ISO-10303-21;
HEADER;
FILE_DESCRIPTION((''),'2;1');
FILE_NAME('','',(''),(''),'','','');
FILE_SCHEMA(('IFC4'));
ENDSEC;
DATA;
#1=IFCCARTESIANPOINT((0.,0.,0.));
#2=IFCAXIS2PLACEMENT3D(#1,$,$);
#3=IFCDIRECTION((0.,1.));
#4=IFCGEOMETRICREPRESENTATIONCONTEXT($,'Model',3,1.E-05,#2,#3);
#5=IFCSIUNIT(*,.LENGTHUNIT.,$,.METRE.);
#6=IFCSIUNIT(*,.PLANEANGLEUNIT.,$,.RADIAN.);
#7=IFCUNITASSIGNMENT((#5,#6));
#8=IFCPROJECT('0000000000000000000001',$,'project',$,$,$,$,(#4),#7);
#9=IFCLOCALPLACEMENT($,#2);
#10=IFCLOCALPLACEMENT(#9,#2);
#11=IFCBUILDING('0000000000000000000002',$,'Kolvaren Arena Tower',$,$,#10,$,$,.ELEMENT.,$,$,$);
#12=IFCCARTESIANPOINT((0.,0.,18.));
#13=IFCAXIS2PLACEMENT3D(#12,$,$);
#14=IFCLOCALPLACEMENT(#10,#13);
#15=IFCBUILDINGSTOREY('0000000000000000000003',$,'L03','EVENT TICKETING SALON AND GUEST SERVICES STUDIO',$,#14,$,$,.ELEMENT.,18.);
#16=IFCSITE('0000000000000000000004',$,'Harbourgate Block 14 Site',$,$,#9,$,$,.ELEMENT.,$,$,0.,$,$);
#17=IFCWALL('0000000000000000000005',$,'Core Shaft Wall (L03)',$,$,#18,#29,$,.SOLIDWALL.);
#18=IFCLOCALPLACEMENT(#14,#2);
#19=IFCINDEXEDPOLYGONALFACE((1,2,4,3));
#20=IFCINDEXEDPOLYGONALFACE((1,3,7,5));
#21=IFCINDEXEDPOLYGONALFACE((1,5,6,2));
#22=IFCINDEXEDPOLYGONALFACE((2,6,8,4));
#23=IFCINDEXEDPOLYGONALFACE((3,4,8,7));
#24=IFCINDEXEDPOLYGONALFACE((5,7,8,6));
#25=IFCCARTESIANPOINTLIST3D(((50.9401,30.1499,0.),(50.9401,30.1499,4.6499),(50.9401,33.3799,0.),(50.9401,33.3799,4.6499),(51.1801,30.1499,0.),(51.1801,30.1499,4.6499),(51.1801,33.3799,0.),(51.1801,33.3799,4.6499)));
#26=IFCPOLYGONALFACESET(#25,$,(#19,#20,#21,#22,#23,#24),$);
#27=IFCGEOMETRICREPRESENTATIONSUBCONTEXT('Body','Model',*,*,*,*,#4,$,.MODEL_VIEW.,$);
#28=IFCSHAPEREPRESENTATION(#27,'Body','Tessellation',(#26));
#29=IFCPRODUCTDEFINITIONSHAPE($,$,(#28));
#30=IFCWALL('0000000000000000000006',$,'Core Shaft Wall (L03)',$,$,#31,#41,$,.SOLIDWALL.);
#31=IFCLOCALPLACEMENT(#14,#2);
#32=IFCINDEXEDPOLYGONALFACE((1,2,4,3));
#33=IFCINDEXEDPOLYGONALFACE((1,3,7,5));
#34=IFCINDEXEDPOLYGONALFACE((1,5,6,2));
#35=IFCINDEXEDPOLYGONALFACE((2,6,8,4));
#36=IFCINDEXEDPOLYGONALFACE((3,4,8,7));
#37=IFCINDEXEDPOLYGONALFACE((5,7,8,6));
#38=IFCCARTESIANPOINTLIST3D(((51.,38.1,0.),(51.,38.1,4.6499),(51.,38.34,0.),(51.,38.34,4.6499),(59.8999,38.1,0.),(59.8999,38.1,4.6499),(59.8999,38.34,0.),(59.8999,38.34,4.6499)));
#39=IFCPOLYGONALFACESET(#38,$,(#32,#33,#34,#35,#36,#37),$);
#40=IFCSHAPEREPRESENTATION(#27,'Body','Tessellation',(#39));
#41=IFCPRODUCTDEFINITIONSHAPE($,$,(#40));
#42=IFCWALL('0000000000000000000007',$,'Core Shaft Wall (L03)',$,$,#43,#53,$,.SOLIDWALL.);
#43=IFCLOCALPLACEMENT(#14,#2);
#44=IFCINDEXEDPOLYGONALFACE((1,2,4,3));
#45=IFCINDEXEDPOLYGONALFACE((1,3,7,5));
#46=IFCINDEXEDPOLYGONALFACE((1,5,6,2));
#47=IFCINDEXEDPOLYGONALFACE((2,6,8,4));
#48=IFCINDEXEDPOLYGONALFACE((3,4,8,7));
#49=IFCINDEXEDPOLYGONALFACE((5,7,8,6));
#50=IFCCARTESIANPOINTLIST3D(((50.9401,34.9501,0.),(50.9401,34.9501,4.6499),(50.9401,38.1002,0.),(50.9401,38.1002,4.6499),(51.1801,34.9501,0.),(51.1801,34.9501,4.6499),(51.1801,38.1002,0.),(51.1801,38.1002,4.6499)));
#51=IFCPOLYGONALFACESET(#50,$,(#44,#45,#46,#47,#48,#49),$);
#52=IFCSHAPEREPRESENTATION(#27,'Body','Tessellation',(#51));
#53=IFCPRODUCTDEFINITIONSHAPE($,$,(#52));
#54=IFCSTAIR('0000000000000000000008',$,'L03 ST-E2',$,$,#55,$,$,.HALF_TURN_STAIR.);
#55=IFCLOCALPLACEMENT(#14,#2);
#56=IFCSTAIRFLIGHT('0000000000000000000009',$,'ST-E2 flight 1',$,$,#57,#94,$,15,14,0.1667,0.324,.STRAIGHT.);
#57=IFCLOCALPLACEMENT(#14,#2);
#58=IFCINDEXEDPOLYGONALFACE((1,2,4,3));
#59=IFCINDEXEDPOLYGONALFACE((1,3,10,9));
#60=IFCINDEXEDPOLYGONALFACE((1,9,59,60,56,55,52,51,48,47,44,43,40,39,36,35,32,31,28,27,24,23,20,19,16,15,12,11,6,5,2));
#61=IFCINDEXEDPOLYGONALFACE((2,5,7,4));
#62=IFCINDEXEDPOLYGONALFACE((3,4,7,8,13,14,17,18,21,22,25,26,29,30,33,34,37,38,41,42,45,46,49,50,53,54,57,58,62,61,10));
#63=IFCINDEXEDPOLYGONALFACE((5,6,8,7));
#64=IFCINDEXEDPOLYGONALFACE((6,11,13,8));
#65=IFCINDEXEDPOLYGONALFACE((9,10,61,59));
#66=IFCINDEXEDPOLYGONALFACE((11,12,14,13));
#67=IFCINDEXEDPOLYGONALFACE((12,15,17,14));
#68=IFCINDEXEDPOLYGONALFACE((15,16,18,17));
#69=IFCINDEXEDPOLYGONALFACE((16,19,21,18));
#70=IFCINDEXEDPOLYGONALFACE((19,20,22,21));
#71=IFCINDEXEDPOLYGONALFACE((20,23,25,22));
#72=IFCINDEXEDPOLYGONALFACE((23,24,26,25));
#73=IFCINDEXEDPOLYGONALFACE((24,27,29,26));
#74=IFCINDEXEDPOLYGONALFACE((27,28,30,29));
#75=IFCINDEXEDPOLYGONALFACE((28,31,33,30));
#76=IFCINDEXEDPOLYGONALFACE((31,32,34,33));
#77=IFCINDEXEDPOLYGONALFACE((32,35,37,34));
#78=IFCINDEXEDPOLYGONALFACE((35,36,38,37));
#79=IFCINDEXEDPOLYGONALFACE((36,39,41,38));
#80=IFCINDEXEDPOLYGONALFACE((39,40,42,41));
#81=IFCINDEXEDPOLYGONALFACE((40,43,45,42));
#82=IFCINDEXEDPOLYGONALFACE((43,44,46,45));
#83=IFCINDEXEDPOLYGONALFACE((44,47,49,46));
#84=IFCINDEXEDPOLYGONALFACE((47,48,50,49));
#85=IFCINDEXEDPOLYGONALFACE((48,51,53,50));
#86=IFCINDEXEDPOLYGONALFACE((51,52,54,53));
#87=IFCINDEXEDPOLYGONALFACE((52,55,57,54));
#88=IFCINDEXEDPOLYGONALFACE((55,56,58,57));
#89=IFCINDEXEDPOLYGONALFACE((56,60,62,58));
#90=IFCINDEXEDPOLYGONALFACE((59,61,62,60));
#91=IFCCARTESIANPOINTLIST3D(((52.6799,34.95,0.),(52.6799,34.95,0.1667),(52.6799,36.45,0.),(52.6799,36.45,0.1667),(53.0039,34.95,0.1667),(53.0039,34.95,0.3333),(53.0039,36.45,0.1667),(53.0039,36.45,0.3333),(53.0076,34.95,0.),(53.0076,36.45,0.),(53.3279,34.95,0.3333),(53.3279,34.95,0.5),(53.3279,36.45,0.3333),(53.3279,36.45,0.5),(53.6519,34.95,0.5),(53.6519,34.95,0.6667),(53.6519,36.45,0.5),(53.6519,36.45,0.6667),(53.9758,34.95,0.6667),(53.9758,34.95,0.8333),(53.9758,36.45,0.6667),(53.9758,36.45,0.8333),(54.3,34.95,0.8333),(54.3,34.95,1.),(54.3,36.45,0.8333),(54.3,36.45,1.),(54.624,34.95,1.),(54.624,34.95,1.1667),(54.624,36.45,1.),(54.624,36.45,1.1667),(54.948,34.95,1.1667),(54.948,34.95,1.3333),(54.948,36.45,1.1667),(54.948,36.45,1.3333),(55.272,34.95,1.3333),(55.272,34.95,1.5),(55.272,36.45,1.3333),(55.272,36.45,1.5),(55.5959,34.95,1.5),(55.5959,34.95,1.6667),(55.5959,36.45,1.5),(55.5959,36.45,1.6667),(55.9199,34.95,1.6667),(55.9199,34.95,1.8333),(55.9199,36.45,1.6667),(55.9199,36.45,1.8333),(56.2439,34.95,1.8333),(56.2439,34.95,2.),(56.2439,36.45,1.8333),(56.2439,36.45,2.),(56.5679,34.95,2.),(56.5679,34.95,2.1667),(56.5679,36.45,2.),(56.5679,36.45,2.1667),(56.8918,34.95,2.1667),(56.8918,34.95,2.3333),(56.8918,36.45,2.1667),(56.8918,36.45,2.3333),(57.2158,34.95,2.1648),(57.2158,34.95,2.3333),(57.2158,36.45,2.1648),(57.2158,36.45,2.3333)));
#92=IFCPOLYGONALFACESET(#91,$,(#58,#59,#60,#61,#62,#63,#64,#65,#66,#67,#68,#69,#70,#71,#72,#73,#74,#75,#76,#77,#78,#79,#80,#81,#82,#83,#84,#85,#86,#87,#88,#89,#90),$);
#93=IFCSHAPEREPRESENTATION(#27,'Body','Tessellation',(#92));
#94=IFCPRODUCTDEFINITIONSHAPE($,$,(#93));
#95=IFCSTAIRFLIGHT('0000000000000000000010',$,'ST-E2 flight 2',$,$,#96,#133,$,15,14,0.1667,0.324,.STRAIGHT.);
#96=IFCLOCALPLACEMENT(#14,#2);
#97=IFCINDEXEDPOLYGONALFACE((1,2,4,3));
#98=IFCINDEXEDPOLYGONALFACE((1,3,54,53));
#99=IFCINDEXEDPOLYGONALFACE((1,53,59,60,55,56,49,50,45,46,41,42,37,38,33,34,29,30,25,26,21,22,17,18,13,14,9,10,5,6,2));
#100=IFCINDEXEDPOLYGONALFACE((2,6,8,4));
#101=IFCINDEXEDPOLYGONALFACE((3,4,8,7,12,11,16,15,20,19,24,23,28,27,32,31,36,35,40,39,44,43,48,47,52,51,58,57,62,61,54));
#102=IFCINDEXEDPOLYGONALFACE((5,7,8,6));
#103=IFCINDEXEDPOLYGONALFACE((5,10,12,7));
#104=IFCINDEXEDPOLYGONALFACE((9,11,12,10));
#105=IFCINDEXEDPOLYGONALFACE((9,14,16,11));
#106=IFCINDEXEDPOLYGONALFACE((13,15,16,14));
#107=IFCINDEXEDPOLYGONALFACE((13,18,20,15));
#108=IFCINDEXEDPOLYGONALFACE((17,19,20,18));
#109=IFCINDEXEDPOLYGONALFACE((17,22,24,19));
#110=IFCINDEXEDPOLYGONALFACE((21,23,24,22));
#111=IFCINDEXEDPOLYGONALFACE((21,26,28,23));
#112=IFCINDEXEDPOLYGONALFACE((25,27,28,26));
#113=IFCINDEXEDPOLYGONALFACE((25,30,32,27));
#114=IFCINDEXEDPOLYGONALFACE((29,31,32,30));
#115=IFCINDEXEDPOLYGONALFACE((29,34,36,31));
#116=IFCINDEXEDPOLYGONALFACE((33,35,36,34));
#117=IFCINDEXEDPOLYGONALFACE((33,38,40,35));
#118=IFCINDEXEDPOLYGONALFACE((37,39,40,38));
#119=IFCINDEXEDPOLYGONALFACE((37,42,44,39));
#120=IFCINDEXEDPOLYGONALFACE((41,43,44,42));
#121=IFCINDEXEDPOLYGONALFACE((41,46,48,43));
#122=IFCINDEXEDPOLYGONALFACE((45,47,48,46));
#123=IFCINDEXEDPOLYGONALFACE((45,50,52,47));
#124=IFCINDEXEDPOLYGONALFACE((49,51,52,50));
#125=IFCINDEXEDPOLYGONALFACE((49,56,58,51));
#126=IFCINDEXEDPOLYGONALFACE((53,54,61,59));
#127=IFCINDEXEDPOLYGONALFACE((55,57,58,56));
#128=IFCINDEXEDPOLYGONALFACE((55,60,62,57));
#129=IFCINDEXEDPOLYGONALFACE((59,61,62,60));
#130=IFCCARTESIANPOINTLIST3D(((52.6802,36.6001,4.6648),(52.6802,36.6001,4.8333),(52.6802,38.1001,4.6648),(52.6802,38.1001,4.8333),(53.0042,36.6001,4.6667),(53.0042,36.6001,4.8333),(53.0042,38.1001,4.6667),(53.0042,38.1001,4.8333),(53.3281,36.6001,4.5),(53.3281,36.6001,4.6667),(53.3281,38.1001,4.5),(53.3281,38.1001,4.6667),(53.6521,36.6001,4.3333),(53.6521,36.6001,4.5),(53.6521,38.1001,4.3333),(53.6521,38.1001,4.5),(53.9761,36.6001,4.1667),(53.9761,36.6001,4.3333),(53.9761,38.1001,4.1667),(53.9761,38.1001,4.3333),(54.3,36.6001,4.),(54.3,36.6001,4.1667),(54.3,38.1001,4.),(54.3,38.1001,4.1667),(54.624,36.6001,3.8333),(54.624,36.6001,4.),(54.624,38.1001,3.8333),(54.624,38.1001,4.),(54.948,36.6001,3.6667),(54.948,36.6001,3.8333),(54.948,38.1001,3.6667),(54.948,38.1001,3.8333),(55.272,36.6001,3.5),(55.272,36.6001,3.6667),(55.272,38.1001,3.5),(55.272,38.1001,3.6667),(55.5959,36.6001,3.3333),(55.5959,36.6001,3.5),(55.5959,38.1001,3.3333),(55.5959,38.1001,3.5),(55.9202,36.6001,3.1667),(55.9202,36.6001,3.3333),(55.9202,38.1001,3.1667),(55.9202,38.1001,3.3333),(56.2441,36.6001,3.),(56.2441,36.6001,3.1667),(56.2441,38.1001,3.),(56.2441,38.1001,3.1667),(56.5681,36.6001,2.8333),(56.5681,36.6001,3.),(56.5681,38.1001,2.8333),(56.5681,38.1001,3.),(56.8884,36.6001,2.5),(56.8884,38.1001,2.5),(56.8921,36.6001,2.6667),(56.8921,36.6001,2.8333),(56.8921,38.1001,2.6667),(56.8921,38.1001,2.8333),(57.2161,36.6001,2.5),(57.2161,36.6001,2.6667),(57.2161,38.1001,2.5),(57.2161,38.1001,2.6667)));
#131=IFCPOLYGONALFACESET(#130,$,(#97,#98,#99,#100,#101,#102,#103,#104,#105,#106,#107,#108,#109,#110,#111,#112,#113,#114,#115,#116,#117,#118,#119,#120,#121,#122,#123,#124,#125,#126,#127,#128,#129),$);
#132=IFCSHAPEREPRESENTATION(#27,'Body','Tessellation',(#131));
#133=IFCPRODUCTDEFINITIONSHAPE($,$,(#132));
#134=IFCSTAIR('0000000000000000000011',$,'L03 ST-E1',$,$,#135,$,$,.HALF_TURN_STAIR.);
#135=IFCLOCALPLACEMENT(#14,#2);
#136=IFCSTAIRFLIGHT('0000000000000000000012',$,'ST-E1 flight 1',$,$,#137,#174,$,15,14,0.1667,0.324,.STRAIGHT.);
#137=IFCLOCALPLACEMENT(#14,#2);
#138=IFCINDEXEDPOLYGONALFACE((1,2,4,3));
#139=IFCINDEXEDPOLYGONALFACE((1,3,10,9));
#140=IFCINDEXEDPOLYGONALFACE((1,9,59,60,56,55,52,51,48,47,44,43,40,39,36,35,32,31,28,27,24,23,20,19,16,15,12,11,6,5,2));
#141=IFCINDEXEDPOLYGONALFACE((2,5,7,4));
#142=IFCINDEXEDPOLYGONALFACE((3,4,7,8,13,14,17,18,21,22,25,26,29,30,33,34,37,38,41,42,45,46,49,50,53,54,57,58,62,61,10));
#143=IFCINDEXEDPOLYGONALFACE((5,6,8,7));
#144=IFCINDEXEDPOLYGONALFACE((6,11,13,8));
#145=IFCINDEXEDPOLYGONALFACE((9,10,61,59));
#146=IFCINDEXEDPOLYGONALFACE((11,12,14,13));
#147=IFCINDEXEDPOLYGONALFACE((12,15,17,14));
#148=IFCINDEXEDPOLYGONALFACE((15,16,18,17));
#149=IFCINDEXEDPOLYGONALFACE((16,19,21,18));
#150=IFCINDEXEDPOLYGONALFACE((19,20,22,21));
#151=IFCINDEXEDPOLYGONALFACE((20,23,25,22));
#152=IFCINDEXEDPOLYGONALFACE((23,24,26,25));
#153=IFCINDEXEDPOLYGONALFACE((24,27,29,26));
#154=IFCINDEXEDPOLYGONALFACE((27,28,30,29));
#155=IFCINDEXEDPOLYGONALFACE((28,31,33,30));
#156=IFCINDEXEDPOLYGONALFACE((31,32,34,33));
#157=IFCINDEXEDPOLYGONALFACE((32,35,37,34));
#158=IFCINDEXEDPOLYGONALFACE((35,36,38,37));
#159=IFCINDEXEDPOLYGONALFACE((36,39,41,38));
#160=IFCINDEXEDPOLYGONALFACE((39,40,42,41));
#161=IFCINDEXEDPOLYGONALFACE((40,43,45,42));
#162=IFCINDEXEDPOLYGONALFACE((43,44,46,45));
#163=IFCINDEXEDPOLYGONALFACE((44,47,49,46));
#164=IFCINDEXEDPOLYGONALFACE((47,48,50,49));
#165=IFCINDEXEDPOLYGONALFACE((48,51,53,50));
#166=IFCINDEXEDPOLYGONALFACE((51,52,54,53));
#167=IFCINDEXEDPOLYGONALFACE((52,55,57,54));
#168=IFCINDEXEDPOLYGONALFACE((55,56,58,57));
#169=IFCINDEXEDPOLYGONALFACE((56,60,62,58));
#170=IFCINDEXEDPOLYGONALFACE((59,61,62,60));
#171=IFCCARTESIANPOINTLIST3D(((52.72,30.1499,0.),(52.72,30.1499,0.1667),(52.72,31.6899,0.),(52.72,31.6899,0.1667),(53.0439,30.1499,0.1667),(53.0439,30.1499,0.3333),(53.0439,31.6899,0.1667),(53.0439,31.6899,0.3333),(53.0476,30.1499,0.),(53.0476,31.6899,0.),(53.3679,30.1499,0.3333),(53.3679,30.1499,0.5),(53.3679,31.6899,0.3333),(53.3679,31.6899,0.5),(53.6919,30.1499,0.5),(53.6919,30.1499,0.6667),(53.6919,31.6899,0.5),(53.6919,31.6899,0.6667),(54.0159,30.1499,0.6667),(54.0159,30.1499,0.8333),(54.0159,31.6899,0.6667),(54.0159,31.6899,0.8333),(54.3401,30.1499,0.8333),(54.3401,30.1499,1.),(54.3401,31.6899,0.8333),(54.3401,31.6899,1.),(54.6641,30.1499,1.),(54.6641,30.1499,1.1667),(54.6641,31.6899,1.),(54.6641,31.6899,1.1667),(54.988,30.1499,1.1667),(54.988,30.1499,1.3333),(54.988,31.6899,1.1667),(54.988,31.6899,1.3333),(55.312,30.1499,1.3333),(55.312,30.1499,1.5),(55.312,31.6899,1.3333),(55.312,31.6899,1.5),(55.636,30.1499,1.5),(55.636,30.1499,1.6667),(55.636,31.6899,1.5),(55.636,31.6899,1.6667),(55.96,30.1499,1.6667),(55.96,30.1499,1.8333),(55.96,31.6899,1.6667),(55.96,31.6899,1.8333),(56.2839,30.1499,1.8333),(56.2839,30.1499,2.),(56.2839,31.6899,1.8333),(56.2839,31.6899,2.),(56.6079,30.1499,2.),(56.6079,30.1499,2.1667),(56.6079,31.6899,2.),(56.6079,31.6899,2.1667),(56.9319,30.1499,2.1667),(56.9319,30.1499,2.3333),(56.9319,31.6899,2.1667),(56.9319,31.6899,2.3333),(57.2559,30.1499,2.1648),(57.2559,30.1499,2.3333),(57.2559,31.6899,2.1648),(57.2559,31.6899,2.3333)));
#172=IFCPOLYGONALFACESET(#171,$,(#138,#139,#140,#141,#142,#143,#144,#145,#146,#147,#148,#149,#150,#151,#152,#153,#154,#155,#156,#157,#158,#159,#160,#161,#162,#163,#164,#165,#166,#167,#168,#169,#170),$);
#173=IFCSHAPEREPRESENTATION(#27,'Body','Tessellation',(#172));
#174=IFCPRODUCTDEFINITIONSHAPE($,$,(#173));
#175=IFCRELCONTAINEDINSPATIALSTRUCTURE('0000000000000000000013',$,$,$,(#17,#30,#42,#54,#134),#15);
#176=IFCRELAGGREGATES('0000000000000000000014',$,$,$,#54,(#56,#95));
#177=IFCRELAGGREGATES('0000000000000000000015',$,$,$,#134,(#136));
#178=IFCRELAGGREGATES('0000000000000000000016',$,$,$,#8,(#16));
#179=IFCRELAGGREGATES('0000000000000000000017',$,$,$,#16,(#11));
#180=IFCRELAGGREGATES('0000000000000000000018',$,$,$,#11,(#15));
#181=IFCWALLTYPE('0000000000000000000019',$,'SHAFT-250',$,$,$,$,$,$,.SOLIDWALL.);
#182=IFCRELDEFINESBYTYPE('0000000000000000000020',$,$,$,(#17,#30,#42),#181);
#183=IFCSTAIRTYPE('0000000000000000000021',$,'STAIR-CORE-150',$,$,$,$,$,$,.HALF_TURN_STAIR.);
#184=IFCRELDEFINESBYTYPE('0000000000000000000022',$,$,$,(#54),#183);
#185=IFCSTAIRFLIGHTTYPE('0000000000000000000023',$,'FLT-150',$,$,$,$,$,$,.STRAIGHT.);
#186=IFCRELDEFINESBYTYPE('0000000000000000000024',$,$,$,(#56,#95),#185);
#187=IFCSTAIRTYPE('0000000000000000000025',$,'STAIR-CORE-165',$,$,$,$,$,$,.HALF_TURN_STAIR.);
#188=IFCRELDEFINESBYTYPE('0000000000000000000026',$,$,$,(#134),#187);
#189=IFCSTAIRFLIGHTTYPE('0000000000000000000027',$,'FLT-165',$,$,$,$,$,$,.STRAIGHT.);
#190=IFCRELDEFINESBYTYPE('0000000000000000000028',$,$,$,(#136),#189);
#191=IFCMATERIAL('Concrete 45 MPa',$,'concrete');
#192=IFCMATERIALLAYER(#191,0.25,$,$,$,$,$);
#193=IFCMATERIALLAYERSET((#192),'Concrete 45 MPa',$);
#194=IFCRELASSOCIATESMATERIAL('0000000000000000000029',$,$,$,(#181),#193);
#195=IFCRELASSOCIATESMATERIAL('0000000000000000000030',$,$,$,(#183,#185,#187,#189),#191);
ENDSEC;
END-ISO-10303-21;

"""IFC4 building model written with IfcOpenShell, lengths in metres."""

from ifc_helpers import new_model, si_unit, direction, frame, frame_2d, origin, place, context, subcontext, project, spatial, polyline, rectangle, outline, extrude, material, layer, layer_set, type_object, element, aggregate, save


model = new_model("IFC4")

# Units and contexts
model_context = context("Model", 3, precision=1e-05, world=origin(), true_north=direction((0.0, 1.0)))
body_context = subcontext(model_context, "Body", "Model", "MODEL_VIEW")
ifc_project = project(units=[si_unit("LENGTHUNIT", "METRE"), si_unit("PLANEANGLEUNIT", "RADIAN")], contexts=[model_context])

# Site, building, storey
site_placement = place(None, origin())
site = spatial("IfcSite", under=ifc_project, at=site_placement, Name="Harbourgate Block 14 Site", CompositionType="ELEMENT", RefElevation=0.0)
building_placement = place(site_placement, origin())
building = spatial("IfcBuilding", under=site, at=building_placement, Name="Kolvaren Arena Tower", CompositionType="ELEMENT")
storey_placement = place(building_placement, frame((0.0, 0.0, 18.0)))
storey = spatial("IfcBuildingStorey", under=building, at=storey_placement, Name="L03", Description="EVENT TICKETING SALON AND GUEST SERVICES STUDIO", CompositionType="ELEMENT", Elevation=18.0)

# Walls
ifc_material_1 = material(Name="Concrete 45 MPa", Category="concrete")
ifc_layer_1 = layer(ifc_material_1, 0.25)
ifc_layer_set_1 = layer_set([ifc_layer_1], Name="Concrete 45 MPa")
wall_type_1 = type_object("IfcWallType", Name="SHAFT-250", PredefinedType="SOLIDWALL", material=ifc_layer_set_1)
wall_1_placement = place(storey_placement, frame((51.0601, 30.1499, 0.0), z_axis=(0.0, 0.0, 1.0), x_axis=(0.0, 1.0, 0.0)))
element("IfcWall", 1, at=wall_1_placement, inside=storey, type_object=wall_type_1, Name="Core Shaft Wall (L03)", PredefinedType="SOLIDWALL", context=body_context, shape_type="SweptSolid", body=[
    extrude(rectangle(XDim=3.23, YDim=0.24, at=frame_2d((1.615, 0.0))), origin(), (0.0, 0.0, 1.0), 4.6499),
])
wall_2_placement = place(storey_placement, frame((51.0, 38.22, 0.0), z_axis=(0.0, 0.0, 1.0), x_axis=(1.0, 0.0, 0.0)))
element("IfcWall", 2, at=wall_2_placement, inside=storey, type_object=wall_type_1, Name="Core Shaft Wall (L03)", PredefinedType="SOLIDWALL", context=body_context, shape_type="SweptSolid", body=[
    extrude(rectangle(XDim=8.8999, YDim=0.24, at=frame_2d((4.45, 0.0))), origin(), (0.0, 0.0, 1.0), 4.6499),
])
wall_3_placement = place(storey_placement, frame((51.0601, 34.95, 0.0), z_axis=(0.0, 0.0, 1.0), x_axis=(0.0, 1.0, 0.0)))
element("IfcWall", 3, at=wall_3_placement, inside=storey, type_object=wall_type_1, Name="Core Shaft Wall (L03)", PredefinedType="SOLIDWALL", context=body_context, shape_type="SweptSolid", body=[
    extrude(rectangle(XDim=3.1501, YDim=0.24, at=frame_2d((1.5752, 0.0))), origin(), (0.0, 0.0, 1.0), 4.6499),
])

# Stair, stair flights
stair_type_1 = type_object("IfcStairType", Name="STAIR-CORE-150", PredefinedType="HALF_TURN_STAIR", material=ifc_material_1)
stair_1_placement = place(storey_placement, origin())
stair_1 = element("IfcStair", 4, at=stair_1_placement, inside=storey, type_object=stair_type_1, Name="L03 ST-E2", PredefinedType="HALF_TURN_STAIR")
stair_flight_type_1 = type_object("IfcStairFlightType", Name="FLT-150", PredefinedType="STRAIGHT", material=ifc_material_1)
stair_flight_1_placement = place(storey_placement, frame((52.6799, 35.7, 0.0), z_axis=(0.0, 0.0, 1.0), x_axis=(1.0, 0.0, 0.0)))
stair_flight_1 = element("IfcStairFlight", 5, at=stair_flight_1_placement, type_object=stair_flight_type_1, Name="ST-E2 flight 1", NumberOfRisers=15, NumberOfTreads=14, PredefinedType="STRAIGHT", RiserHeight=0.1667, TreadLength=0.324, context=body_context, shape_type="SweptSolid", body=[
    extrude(outline(polyline([(0.0, 0.0), (0.0, 0.1667), (0.324, 0.1667), (0.324, 0.3333), (0.6479, 0.3333), (0.6479, 0.5), (0.9719, 0.5), (0.9719, 0.6667), (1.2959, 0.6667), (1.2959, 0.8333), (1.6201, 0.8333), (1.6201, 1.0), (1.9441, 1.0), (1.9441, 1.1667), (2.2681, 1.1667), (2.2681, 1.3333), (2.592, 1.3333), (2.592, 1.5), (2.916, 1.5), (2.916, 1.6667), (3.24, 1.6667), (3.24, 1.8333), (3.564, 1.8333), (3.564, 2.0), (3.8879, 2.0), (3.8879, 2.1667), (4.2119, 2.1667), (4.2119, 2.3333), (4.5359, 2.3333), (4.5359, 2.5), (4.5359, 2.1648), (0.3276, 0.0), (0.0, 0.0)])), frame((0.0, 0.75, 0.0), z_axis=(0.0, -1.0, 0.0), x_axis=(1.0, 0.0, 0.0)), (0.0, 0.0, 1.0), 1.5),
])
stair_flight_2_placement = place(storey_placement, frame((57.2161, 37.3501, 2.5), z_axis=(0.0, 0.0, 1.0), x_axis=(-1.0, 0.0, 0.0)))
stair_flight_2 = element("IfcStairFlight", 6, at=stair_flight_2_placement, type_object=stair_flight_type_1, Name="ST-E2 flight 2", NumberOfRisers=15, NumberOfTreads=14, PredefinedType="STRAIGHT", RiserHeight=0.1667, TreadLength=0.324, context=body_context, shape_type="SweptSolid", body=[
    extrude(outline(polyline([(0.0, 0.0), (0.0, 0.1667), (0.324, 0.1667), (0.324, 0.3333), (0.6479, 0.3333), (0.6479, 0.5), (0.9719, 0.5), (0.9719, 0.6667), (1.2959, 0.6667), (1.2959, 0.8333), (1.6201, 0.8333), (1.6201, 1.0), (1.9441, 1.0), (1.9441, 1.1667), (2.2681, 1.1667), (2.2681, 1.3333), (2.592, 1.3333), (2.592, 1.5), (2.916, 1.5), (2.916, 1.6667), (3.24, 1.6667), (3.24, 1.8333), (3.564, 1.8333), (3.564, 2.0), (3.8879, 2.0), (3.8879, 2.1667), (4.2119, 2.1667), (4.2119, 2.3333), (4.5359, 2.3333), (4.5359, 2.5), (4.5359, 2.1648), (0.3276, 0.0), (0.0, 0.0)])), frame((0.0, 0.75, 0.0), z_axis=(0.0, -1.0, 0.0), x_axis=(1.0, 0.0, 0.0)), (0.0, 0.0, 1.0), 1.5),
])
aggregate(stair_1, [stair_flight_1, stair_flight_2])

# Stair, stair flight
stair_type_2 = type_object("IfcStairType", Name="STAIR-CORE-165", PredefinedType="HALF_TURN_STAIR", material=ifc_material_1)
stair_2_placement = place(storey_placement, origin())
stair_2 = element("IfcStair", 7, at=stair_2_placement, inside=storey, type_object=stair_type_2, Name="L03 ST-E1", PredefinedType="HALF_TURN_STAIR")
stair_flight_type_2 = type_object("IfcStairFlightType", Name="FLT-165", PredefinedType="STRAIGHT", material=ifc_material_1)
stair_flight_3_placement = place(storey_placement, frame((52.72, 30.9199, 0.0), z_axis=(0.0, 0.0, 1.0), x_axis=(1.0, 0.0, 0.0)))
stair_flight_3 = element("IfcStairFlight", 8, at=stair_flight_3_placement, type_object=stair_flight_type_2, Name="ST-E1 flight 1", NumberOfRisers=15, NumberOfTreads=14, PredefinedType="STRAIGHT", RiserHeight=0.1667, TreadLength=0.324, context=body_context, shape_type="SweptSolid", body=[
    extrude(outline(polyline([(0.0, 0.0), (0.0, 0.1667), (0.324, 0.1667), (0.324, 0.3333), (0.6479, 0.3333), (0.6479, 0.5), (0.9719, 0.5), (0.9719, 0.6667), (1.2959, 0.6667), (1.2959, 0.8333), (1.6201, 0.8333), (1.6201, 1.0), (1.9441, 1.0), (1.9441, 1.1667), (2.2681, 1.1667), (2.2681, 1.3333), (2.592, 1.3333), (2.592, 1.5), (2.916, 1.5), (2.916, 1.6667), (3.24, 1.6667), (3.24, 1.8333), (3.564, 1.8333), (3.564, 2.0), (3.8879, 2.0), (3.8879, 2.1667), (4.2119, 2.1667), (4.2119, 2.3333), (4.5359, 2.3333), (4.5359, 2.5), (4.5359, 2.1648), (0.3276, 0.0), (0.0, 0.0)])), frame((0.0, 0.77, 0.0), z_axis=(0.0, -1.0, 0.0), x_axis=(1.0, 0.0, 0.0)), (0.0, 0.0, 1.0), 1.54),
])
aggregate(stair_2, [stair_flight_3])

save(model, "model.ifc")
